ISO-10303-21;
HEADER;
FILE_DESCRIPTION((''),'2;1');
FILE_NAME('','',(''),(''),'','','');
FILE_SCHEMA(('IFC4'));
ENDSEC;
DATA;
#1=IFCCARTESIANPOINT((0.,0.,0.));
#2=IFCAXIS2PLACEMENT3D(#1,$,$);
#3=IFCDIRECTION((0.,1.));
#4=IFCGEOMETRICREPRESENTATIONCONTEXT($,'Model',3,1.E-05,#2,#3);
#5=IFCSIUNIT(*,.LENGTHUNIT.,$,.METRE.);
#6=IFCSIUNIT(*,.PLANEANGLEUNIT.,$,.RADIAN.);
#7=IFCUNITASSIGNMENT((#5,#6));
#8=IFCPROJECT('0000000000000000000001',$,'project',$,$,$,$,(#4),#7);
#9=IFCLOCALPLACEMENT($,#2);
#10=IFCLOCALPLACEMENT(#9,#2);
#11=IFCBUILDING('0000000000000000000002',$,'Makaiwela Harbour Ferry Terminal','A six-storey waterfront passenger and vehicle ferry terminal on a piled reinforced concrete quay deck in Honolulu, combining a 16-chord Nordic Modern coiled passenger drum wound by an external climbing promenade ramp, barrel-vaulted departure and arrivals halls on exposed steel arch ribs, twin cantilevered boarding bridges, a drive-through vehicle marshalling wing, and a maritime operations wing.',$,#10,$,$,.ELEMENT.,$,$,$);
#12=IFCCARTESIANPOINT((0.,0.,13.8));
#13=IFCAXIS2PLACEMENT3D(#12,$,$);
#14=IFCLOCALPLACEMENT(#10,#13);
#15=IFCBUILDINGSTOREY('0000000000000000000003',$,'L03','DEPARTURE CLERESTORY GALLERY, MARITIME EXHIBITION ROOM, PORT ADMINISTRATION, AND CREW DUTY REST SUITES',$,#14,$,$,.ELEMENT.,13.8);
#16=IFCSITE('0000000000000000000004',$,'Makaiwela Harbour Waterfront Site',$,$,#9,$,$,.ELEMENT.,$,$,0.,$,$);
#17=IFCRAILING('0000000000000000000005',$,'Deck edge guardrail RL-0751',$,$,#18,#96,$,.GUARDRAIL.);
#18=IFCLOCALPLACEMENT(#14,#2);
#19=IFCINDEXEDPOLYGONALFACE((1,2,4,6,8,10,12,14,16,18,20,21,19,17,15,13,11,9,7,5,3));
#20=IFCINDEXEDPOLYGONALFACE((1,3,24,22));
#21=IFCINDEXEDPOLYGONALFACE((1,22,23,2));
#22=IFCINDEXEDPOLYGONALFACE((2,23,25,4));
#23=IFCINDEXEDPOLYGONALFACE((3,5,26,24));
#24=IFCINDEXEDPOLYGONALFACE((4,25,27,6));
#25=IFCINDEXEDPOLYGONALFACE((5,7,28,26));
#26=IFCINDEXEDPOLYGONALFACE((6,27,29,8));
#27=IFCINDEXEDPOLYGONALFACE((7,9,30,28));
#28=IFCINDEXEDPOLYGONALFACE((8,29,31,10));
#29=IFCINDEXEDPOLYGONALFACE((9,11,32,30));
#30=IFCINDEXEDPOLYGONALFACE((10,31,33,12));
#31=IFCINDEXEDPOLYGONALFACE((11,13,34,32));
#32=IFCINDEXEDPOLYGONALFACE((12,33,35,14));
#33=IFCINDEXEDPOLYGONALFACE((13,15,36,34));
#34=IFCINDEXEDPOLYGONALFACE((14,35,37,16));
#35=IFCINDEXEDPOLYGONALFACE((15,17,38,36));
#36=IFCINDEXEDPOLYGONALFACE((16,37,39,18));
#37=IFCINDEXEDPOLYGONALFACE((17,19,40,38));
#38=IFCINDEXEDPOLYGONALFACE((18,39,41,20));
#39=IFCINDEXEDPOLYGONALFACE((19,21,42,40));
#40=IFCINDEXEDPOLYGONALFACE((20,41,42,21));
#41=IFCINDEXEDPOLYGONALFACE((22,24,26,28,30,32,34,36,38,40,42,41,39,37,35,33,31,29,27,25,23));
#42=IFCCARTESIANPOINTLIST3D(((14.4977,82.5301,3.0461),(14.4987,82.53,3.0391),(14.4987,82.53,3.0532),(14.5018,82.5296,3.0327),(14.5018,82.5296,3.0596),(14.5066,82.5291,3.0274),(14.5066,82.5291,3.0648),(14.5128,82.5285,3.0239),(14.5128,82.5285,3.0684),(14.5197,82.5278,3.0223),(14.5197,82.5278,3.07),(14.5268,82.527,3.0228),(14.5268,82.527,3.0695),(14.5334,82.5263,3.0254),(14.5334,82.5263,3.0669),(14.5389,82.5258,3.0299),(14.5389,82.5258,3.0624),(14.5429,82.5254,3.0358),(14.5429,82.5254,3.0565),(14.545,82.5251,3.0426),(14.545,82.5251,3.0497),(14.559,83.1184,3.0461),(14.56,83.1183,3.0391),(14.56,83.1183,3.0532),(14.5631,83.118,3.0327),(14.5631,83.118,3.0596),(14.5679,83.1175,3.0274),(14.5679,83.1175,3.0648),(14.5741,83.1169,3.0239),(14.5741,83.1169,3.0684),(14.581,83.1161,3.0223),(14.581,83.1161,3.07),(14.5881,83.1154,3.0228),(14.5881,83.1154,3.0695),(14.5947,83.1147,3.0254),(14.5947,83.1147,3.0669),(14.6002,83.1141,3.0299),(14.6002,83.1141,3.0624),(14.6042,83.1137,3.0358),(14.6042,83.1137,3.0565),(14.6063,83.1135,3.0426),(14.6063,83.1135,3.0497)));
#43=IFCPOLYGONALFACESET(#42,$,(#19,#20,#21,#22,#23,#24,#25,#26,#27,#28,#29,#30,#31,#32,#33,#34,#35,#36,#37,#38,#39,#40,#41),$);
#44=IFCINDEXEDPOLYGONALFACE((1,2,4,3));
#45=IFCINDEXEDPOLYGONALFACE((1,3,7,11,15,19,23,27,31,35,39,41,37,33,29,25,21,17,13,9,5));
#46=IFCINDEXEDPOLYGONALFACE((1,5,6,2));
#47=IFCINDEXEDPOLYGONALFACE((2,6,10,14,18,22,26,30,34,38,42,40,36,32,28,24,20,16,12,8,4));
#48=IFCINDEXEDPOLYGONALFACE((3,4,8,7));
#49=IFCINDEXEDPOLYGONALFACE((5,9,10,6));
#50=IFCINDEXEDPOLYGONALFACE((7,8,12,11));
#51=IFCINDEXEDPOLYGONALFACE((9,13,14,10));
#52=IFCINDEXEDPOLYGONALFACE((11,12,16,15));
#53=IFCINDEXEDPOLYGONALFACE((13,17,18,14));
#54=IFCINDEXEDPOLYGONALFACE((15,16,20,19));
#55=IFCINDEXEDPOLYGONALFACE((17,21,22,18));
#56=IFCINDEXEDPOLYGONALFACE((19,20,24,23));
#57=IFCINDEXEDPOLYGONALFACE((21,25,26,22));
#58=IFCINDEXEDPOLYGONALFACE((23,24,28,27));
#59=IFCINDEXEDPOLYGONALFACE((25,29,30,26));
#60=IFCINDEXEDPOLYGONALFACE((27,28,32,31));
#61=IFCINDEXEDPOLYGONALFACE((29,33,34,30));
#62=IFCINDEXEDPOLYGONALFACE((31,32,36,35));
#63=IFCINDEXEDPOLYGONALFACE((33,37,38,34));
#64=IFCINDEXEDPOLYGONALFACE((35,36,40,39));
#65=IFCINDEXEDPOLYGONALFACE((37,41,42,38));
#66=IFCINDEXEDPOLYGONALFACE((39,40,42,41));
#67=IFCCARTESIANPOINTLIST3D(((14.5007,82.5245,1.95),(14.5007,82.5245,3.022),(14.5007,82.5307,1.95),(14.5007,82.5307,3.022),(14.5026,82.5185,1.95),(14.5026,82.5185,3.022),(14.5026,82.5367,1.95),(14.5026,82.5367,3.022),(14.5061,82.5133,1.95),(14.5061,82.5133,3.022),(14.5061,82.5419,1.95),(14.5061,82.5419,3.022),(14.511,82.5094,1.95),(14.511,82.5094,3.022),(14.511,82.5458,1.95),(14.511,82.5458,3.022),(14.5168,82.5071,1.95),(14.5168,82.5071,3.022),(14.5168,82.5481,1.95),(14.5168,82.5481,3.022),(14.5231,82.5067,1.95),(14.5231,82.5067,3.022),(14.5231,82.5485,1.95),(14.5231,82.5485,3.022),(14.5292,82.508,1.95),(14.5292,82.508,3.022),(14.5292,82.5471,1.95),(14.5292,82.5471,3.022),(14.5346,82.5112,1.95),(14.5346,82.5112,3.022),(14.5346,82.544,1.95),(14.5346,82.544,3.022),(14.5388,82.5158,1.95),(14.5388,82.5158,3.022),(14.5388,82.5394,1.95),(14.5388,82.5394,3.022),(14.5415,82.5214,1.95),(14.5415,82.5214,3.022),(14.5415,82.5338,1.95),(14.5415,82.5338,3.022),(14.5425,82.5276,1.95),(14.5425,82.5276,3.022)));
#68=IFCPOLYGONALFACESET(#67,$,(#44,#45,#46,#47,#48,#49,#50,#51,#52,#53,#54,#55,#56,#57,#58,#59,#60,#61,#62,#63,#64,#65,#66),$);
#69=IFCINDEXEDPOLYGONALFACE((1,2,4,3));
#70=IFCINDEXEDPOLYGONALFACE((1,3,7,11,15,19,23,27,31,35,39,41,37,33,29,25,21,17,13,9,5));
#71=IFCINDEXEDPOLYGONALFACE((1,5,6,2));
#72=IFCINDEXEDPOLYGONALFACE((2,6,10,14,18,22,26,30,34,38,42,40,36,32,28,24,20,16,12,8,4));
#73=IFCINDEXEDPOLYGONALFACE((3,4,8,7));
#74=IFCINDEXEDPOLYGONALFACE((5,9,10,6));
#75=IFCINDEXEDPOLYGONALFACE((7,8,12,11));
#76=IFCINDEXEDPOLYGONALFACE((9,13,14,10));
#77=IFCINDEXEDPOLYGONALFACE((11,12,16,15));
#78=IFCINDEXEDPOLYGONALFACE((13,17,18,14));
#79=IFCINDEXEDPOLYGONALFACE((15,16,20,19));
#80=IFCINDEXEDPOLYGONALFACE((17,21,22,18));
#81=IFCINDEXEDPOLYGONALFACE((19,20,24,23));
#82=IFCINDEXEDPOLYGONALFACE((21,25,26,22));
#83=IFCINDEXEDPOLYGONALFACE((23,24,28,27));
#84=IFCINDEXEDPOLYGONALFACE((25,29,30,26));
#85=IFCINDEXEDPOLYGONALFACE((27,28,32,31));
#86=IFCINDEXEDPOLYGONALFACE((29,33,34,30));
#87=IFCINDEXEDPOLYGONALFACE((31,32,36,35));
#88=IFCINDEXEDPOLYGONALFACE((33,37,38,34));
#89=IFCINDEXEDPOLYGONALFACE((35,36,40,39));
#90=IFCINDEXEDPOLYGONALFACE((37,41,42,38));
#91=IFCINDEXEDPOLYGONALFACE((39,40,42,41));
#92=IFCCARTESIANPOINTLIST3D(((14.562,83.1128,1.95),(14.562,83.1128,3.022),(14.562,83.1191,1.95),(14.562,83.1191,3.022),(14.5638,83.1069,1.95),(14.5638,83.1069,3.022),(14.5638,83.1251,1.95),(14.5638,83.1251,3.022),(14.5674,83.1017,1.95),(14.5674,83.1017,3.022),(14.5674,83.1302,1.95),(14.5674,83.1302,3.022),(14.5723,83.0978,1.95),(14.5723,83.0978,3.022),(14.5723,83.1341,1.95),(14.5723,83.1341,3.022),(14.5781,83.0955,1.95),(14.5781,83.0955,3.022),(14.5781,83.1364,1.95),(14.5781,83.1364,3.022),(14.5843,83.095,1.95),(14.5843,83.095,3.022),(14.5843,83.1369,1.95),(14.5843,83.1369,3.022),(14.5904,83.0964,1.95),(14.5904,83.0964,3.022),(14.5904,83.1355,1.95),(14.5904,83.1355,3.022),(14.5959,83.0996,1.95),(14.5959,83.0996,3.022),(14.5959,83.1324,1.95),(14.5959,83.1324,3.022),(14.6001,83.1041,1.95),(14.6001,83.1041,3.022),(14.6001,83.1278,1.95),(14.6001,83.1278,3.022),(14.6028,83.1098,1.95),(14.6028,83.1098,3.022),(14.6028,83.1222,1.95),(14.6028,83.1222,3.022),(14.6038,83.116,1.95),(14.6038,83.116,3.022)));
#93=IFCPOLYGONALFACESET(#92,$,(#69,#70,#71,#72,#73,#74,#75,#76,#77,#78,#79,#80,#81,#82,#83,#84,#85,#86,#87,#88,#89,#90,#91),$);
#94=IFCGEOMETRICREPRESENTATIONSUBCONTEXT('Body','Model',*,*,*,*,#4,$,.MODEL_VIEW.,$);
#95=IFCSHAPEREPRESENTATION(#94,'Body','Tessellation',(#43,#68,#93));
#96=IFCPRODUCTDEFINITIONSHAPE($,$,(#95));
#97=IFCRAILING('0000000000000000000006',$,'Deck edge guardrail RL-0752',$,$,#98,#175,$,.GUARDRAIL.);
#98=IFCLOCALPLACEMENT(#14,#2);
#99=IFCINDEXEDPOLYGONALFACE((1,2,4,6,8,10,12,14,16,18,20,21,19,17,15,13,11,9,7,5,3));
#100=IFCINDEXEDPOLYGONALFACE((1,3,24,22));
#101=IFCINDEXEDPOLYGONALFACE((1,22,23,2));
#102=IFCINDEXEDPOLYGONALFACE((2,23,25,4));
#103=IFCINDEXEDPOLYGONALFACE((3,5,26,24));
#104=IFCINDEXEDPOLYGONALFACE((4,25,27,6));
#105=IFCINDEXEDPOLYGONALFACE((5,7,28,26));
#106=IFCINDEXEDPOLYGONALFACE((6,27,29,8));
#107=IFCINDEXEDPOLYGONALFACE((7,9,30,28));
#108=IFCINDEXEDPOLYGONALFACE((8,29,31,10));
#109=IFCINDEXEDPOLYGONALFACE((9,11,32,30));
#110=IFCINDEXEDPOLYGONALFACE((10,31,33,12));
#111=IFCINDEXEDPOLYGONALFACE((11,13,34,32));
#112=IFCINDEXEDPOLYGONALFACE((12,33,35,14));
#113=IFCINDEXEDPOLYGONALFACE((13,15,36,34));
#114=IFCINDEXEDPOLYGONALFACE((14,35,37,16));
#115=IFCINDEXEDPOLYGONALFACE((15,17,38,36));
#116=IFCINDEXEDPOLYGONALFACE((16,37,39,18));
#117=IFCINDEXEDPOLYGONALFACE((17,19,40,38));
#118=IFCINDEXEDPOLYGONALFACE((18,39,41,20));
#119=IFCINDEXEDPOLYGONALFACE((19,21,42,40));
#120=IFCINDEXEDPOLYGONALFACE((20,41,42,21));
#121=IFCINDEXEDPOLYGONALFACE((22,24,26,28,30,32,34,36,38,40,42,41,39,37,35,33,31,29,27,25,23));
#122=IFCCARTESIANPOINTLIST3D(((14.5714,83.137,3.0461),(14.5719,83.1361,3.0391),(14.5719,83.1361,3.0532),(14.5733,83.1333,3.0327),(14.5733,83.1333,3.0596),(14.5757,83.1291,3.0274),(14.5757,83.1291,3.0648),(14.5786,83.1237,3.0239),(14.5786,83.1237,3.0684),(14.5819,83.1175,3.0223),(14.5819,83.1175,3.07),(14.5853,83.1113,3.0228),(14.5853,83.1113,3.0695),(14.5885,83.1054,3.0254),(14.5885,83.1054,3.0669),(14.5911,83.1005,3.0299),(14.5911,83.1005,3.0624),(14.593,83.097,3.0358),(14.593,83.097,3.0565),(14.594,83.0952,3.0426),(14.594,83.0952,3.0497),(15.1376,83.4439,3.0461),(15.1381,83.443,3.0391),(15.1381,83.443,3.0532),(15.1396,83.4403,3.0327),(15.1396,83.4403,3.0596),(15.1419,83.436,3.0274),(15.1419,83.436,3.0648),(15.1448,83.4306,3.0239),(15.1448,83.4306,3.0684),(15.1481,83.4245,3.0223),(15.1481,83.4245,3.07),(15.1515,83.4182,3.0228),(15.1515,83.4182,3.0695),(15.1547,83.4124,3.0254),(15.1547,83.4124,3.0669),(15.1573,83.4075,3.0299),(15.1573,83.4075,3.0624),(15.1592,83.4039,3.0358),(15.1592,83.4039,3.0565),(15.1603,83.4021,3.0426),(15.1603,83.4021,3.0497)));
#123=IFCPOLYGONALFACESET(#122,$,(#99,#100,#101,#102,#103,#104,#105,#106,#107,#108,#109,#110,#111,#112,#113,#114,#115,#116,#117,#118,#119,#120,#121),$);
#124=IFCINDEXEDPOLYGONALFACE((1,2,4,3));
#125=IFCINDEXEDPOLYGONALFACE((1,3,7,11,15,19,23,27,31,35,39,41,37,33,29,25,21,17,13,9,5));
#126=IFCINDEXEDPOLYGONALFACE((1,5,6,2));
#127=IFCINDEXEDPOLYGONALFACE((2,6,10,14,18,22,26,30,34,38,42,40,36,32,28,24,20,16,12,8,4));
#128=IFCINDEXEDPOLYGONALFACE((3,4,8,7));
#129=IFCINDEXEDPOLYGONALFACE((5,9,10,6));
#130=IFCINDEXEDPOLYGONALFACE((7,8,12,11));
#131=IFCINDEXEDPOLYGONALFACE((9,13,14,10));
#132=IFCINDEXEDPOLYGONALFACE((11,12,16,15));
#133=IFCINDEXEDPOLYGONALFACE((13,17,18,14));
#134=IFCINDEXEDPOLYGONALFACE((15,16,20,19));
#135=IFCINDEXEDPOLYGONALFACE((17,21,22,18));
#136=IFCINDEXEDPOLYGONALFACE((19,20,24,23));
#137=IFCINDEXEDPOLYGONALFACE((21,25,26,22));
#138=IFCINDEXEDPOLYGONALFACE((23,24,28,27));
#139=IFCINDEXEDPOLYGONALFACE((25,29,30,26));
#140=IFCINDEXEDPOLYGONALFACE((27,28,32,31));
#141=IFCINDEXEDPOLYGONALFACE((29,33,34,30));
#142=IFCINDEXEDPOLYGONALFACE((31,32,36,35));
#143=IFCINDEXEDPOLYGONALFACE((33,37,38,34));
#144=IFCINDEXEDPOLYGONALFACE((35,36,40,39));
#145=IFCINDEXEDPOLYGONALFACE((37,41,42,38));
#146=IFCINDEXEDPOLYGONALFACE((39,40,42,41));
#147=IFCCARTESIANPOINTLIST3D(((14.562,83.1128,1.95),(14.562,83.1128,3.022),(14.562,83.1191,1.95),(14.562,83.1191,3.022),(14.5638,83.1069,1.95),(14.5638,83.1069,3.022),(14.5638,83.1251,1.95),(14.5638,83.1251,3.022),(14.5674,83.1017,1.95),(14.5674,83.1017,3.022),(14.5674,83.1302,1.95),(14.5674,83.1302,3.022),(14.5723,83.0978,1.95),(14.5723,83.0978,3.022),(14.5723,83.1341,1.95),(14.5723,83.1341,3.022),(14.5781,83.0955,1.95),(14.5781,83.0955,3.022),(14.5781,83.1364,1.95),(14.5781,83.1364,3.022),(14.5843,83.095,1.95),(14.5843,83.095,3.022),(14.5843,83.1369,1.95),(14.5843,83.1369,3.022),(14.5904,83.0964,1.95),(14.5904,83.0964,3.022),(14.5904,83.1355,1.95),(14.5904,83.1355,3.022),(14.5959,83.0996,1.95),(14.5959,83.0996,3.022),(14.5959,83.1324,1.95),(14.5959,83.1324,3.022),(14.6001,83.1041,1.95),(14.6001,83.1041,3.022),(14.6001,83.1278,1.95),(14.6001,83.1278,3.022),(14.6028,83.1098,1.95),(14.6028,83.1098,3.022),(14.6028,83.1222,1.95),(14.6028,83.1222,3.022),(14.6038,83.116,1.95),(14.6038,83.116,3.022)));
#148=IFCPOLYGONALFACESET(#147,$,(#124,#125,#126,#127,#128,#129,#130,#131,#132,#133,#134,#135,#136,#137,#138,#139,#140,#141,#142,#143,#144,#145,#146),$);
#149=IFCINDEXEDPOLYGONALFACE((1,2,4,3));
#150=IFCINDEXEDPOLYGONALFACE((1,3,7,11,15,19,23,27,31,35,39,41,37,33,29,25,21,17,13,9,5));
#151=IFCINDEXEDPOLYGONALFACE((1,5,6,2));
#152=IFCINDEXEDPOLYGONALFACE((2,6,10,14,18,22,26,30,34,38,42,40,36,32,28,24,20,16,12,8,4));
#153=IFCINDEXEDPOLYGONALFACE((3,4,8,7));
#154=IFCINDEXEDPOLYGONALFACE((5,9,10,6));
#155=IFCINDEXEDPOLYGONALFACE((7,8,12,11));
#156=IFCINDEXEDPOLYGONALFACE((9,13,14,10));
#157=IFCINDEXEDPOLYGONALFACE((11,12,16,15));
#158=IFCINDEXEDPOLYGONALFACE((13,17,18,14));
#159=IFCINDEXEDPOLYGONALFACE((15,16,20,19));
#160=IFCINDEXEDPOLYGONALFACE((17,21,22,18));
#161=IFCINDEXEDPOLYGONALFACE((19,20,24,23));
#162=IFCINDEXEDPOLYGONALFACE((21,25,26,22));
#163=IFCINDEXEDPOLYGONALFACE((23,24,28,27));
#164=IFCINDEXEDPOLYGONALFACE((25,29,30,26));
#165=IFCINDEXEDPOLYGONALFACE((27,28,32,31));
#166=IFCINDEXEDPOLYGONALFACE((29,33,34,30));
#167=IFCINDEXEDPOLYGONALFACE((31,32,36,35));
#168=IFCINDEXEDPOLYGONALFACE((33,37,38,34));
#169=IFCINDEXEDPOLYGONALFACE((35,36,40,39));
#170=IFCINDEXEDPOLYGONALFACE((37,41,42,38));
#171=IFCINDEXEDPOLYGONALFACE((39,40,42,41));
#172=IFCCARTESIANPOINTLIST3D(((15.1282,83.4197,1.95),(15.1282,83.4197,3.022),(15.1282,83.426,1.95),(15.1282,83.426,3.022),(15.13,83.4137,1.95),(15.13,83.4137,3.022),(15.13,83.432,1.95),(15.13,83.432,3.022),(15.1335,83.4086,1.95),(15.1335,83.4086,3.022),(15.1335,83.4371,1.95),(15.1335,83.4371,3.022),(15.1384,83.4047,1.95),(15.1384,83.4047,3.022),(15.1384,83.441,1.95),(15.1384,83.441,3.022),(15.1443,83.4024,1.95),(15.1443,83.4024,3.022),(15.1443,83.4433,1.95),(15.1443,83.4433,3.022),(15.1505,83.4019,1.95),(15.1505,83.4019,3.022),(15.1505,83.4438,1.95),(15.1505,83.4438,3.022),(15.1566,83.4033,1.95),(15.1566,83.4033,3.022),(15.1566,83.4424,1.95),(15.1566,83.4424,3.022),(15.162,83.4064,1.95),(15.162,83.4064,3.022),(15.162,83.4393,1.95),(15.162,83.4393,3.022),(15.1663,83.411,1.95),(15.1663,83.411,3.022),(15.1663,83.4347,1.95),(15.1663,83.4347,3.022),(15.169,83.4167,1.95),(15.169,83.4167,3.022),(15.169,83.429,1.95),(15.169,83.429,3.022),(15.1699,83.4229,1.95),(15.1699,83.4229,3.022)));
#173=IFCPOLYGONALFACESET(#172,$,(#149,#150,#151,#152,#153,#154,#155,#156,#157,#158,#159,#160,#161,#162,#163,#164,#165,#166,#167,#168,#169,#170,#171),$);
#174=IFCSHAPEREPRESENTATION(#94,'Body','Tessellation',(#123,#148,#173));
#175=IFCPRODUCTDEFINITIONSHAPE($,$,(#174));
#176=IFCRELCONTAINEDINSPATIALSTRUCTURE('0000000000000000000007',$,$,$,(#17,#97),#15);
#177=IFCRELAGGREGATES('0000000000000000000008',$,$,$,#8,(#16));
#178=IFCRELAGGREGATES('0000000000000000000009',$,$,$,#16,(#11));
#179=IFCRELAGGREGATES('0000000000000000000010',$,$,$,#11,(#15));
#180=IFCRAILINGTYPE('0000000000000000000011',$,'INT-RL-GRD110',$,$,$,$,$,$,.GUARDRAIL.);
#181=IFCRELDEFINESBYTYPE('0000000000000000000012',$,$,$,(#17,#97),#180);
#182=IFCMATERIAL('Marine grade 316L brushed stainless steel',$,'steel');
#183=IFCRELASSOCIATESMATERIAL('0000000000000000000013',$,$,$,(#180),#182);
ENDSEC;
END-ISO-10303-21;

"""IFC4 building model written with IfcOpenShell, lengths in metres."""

from ifc_helpers import new_model, si_unit, direction, frame, origin, origin_2d, place, context, subcontext, project, spatial, circle, extrude, material, type_object, element, save


model = new_model("IFC4")

# Units and contexts
model_context = context("Model", 3, precision=1e-05, world=origin(), true_north=direction((0.0, 1.0)))
body_context = subcontext(model_context, "Body", "Model", "MODEL_VIEW")
ifc_project = project(units=[si_unit("LENGTHUNIT", "METRE"), si_unit("PLANEANGLEUNIT", "RADIAN")], contexts=[model_context])

# Site, building, storey
site_placement = place(None, origin())
site = spatial("IfcSite", under=ifc_project, at=site_placement, Name="Makaiwela Harbour Waterfront Site", CompositionType="ELEMENT", RefElevation=0.0)
building_placement = place(site_placement, origin())
building = spatial("IfcBuilding", under=site, at=building_placement, Name="Makaiwela Harbour Ferry Terminal", Description="A six-storey waterfront passenger and vehicle ferry terminal on a piled reinforced concrete quay deck in Honolulu, combining a 16-chord Nordic Modern coiled passenger drum wound by an external climbing promenade ramp, barrel-vaulted departure and arrivals halls on exposed steel arch ribs, twin cantilevered boarding bridges, a drive-through vehicle marshalling wing, and a maritime operations wing.", CompositionType="ELEMENT")
storey_placement = place(building_placement, frame((0.0, 0.0, 13.8)))
storey = spatial("IfcBuildingStorey", under=building, at=storey_placement, Name="L03", Description="DEPARTURE CLERESTORY GALLERY, MARITIME EXHIBITION ROOM, PORT ADMINISTRATION, AND CREW DUTY REST SUITES", CompositionType="ELEMENT", Elevation=13.8)

# Railings
ifc_material_1 = material(Name="Marine grade 316L brushed stainless steel", Category="steel")
railing_type_1 = type_object("IfcRailingType", Name="INT-RL-GRD110", PredefinedType="GUARDRAIL", material=ifc_material_1)
railing_1_placement = place(storey_placement, frame((14.5215, 82.5276, 1.95)))
element("IfcRailing", 1, at=railing_1_placement, inside=storey, type_object=railing_type_1, Name="Deck edge guardrail RL-0751", PredefinedType="GUARDRAIL", context=body_context, shape_type="SweptSolid", body=[
    extrude(circle(Radius=0.0239, at=origin_2d()), frame((0.0, 0.0, 1.0962), z_axis=(0.103589, 0.99462, 0.0), x_axis=(-0.99462, 0.103589, 0.0)), (0.0, 0.0, 1.0), 0.5916),
    extrude(circle(Radius=0.021, at=origin_2d()), origin(), (0.0, 0.0, 1.0), 1.072),
    extrude(circle(Radius=0.021, at=origin_2d()), frame((0.0613, 0.5884, 0.0)), (0.0, 0.0, 1.0), 1.072),
])
railing_2_placement = place(storey_placement, frame((14.5828, 83.116, 1.95)))
element("IfcRailing", 2, at=railing_2_placement, inside=storey, type_object=railing_type_1, Name="Deck edge guardrail RL-0752", PredefinedType="GUARDRAIL", context=body_context, shape_type="SweptSolid", body=[
    extrude(circle(Radius=0.0239, at=origin_2d()), frame((0.0, 0.0, 1.0962), z_axis=(0.879153, 0.47654, 0.0), x_axis=(-0.47654, 0.879153, 0.0)), (0.0, 0.0, 1.0), 0.644),
    extrude(circle(Radius=0.021, at=origin_2d()), origin(), (0.0, 0.0, 1.0), 1.072),
    extrude(circle(Radius=0.021, at=origin_2d()), frame((0.5662, 0.3069, 0.0)), (0.0, 0.0, 1.0), 1.072),
])

save(model, "model.ifc")
